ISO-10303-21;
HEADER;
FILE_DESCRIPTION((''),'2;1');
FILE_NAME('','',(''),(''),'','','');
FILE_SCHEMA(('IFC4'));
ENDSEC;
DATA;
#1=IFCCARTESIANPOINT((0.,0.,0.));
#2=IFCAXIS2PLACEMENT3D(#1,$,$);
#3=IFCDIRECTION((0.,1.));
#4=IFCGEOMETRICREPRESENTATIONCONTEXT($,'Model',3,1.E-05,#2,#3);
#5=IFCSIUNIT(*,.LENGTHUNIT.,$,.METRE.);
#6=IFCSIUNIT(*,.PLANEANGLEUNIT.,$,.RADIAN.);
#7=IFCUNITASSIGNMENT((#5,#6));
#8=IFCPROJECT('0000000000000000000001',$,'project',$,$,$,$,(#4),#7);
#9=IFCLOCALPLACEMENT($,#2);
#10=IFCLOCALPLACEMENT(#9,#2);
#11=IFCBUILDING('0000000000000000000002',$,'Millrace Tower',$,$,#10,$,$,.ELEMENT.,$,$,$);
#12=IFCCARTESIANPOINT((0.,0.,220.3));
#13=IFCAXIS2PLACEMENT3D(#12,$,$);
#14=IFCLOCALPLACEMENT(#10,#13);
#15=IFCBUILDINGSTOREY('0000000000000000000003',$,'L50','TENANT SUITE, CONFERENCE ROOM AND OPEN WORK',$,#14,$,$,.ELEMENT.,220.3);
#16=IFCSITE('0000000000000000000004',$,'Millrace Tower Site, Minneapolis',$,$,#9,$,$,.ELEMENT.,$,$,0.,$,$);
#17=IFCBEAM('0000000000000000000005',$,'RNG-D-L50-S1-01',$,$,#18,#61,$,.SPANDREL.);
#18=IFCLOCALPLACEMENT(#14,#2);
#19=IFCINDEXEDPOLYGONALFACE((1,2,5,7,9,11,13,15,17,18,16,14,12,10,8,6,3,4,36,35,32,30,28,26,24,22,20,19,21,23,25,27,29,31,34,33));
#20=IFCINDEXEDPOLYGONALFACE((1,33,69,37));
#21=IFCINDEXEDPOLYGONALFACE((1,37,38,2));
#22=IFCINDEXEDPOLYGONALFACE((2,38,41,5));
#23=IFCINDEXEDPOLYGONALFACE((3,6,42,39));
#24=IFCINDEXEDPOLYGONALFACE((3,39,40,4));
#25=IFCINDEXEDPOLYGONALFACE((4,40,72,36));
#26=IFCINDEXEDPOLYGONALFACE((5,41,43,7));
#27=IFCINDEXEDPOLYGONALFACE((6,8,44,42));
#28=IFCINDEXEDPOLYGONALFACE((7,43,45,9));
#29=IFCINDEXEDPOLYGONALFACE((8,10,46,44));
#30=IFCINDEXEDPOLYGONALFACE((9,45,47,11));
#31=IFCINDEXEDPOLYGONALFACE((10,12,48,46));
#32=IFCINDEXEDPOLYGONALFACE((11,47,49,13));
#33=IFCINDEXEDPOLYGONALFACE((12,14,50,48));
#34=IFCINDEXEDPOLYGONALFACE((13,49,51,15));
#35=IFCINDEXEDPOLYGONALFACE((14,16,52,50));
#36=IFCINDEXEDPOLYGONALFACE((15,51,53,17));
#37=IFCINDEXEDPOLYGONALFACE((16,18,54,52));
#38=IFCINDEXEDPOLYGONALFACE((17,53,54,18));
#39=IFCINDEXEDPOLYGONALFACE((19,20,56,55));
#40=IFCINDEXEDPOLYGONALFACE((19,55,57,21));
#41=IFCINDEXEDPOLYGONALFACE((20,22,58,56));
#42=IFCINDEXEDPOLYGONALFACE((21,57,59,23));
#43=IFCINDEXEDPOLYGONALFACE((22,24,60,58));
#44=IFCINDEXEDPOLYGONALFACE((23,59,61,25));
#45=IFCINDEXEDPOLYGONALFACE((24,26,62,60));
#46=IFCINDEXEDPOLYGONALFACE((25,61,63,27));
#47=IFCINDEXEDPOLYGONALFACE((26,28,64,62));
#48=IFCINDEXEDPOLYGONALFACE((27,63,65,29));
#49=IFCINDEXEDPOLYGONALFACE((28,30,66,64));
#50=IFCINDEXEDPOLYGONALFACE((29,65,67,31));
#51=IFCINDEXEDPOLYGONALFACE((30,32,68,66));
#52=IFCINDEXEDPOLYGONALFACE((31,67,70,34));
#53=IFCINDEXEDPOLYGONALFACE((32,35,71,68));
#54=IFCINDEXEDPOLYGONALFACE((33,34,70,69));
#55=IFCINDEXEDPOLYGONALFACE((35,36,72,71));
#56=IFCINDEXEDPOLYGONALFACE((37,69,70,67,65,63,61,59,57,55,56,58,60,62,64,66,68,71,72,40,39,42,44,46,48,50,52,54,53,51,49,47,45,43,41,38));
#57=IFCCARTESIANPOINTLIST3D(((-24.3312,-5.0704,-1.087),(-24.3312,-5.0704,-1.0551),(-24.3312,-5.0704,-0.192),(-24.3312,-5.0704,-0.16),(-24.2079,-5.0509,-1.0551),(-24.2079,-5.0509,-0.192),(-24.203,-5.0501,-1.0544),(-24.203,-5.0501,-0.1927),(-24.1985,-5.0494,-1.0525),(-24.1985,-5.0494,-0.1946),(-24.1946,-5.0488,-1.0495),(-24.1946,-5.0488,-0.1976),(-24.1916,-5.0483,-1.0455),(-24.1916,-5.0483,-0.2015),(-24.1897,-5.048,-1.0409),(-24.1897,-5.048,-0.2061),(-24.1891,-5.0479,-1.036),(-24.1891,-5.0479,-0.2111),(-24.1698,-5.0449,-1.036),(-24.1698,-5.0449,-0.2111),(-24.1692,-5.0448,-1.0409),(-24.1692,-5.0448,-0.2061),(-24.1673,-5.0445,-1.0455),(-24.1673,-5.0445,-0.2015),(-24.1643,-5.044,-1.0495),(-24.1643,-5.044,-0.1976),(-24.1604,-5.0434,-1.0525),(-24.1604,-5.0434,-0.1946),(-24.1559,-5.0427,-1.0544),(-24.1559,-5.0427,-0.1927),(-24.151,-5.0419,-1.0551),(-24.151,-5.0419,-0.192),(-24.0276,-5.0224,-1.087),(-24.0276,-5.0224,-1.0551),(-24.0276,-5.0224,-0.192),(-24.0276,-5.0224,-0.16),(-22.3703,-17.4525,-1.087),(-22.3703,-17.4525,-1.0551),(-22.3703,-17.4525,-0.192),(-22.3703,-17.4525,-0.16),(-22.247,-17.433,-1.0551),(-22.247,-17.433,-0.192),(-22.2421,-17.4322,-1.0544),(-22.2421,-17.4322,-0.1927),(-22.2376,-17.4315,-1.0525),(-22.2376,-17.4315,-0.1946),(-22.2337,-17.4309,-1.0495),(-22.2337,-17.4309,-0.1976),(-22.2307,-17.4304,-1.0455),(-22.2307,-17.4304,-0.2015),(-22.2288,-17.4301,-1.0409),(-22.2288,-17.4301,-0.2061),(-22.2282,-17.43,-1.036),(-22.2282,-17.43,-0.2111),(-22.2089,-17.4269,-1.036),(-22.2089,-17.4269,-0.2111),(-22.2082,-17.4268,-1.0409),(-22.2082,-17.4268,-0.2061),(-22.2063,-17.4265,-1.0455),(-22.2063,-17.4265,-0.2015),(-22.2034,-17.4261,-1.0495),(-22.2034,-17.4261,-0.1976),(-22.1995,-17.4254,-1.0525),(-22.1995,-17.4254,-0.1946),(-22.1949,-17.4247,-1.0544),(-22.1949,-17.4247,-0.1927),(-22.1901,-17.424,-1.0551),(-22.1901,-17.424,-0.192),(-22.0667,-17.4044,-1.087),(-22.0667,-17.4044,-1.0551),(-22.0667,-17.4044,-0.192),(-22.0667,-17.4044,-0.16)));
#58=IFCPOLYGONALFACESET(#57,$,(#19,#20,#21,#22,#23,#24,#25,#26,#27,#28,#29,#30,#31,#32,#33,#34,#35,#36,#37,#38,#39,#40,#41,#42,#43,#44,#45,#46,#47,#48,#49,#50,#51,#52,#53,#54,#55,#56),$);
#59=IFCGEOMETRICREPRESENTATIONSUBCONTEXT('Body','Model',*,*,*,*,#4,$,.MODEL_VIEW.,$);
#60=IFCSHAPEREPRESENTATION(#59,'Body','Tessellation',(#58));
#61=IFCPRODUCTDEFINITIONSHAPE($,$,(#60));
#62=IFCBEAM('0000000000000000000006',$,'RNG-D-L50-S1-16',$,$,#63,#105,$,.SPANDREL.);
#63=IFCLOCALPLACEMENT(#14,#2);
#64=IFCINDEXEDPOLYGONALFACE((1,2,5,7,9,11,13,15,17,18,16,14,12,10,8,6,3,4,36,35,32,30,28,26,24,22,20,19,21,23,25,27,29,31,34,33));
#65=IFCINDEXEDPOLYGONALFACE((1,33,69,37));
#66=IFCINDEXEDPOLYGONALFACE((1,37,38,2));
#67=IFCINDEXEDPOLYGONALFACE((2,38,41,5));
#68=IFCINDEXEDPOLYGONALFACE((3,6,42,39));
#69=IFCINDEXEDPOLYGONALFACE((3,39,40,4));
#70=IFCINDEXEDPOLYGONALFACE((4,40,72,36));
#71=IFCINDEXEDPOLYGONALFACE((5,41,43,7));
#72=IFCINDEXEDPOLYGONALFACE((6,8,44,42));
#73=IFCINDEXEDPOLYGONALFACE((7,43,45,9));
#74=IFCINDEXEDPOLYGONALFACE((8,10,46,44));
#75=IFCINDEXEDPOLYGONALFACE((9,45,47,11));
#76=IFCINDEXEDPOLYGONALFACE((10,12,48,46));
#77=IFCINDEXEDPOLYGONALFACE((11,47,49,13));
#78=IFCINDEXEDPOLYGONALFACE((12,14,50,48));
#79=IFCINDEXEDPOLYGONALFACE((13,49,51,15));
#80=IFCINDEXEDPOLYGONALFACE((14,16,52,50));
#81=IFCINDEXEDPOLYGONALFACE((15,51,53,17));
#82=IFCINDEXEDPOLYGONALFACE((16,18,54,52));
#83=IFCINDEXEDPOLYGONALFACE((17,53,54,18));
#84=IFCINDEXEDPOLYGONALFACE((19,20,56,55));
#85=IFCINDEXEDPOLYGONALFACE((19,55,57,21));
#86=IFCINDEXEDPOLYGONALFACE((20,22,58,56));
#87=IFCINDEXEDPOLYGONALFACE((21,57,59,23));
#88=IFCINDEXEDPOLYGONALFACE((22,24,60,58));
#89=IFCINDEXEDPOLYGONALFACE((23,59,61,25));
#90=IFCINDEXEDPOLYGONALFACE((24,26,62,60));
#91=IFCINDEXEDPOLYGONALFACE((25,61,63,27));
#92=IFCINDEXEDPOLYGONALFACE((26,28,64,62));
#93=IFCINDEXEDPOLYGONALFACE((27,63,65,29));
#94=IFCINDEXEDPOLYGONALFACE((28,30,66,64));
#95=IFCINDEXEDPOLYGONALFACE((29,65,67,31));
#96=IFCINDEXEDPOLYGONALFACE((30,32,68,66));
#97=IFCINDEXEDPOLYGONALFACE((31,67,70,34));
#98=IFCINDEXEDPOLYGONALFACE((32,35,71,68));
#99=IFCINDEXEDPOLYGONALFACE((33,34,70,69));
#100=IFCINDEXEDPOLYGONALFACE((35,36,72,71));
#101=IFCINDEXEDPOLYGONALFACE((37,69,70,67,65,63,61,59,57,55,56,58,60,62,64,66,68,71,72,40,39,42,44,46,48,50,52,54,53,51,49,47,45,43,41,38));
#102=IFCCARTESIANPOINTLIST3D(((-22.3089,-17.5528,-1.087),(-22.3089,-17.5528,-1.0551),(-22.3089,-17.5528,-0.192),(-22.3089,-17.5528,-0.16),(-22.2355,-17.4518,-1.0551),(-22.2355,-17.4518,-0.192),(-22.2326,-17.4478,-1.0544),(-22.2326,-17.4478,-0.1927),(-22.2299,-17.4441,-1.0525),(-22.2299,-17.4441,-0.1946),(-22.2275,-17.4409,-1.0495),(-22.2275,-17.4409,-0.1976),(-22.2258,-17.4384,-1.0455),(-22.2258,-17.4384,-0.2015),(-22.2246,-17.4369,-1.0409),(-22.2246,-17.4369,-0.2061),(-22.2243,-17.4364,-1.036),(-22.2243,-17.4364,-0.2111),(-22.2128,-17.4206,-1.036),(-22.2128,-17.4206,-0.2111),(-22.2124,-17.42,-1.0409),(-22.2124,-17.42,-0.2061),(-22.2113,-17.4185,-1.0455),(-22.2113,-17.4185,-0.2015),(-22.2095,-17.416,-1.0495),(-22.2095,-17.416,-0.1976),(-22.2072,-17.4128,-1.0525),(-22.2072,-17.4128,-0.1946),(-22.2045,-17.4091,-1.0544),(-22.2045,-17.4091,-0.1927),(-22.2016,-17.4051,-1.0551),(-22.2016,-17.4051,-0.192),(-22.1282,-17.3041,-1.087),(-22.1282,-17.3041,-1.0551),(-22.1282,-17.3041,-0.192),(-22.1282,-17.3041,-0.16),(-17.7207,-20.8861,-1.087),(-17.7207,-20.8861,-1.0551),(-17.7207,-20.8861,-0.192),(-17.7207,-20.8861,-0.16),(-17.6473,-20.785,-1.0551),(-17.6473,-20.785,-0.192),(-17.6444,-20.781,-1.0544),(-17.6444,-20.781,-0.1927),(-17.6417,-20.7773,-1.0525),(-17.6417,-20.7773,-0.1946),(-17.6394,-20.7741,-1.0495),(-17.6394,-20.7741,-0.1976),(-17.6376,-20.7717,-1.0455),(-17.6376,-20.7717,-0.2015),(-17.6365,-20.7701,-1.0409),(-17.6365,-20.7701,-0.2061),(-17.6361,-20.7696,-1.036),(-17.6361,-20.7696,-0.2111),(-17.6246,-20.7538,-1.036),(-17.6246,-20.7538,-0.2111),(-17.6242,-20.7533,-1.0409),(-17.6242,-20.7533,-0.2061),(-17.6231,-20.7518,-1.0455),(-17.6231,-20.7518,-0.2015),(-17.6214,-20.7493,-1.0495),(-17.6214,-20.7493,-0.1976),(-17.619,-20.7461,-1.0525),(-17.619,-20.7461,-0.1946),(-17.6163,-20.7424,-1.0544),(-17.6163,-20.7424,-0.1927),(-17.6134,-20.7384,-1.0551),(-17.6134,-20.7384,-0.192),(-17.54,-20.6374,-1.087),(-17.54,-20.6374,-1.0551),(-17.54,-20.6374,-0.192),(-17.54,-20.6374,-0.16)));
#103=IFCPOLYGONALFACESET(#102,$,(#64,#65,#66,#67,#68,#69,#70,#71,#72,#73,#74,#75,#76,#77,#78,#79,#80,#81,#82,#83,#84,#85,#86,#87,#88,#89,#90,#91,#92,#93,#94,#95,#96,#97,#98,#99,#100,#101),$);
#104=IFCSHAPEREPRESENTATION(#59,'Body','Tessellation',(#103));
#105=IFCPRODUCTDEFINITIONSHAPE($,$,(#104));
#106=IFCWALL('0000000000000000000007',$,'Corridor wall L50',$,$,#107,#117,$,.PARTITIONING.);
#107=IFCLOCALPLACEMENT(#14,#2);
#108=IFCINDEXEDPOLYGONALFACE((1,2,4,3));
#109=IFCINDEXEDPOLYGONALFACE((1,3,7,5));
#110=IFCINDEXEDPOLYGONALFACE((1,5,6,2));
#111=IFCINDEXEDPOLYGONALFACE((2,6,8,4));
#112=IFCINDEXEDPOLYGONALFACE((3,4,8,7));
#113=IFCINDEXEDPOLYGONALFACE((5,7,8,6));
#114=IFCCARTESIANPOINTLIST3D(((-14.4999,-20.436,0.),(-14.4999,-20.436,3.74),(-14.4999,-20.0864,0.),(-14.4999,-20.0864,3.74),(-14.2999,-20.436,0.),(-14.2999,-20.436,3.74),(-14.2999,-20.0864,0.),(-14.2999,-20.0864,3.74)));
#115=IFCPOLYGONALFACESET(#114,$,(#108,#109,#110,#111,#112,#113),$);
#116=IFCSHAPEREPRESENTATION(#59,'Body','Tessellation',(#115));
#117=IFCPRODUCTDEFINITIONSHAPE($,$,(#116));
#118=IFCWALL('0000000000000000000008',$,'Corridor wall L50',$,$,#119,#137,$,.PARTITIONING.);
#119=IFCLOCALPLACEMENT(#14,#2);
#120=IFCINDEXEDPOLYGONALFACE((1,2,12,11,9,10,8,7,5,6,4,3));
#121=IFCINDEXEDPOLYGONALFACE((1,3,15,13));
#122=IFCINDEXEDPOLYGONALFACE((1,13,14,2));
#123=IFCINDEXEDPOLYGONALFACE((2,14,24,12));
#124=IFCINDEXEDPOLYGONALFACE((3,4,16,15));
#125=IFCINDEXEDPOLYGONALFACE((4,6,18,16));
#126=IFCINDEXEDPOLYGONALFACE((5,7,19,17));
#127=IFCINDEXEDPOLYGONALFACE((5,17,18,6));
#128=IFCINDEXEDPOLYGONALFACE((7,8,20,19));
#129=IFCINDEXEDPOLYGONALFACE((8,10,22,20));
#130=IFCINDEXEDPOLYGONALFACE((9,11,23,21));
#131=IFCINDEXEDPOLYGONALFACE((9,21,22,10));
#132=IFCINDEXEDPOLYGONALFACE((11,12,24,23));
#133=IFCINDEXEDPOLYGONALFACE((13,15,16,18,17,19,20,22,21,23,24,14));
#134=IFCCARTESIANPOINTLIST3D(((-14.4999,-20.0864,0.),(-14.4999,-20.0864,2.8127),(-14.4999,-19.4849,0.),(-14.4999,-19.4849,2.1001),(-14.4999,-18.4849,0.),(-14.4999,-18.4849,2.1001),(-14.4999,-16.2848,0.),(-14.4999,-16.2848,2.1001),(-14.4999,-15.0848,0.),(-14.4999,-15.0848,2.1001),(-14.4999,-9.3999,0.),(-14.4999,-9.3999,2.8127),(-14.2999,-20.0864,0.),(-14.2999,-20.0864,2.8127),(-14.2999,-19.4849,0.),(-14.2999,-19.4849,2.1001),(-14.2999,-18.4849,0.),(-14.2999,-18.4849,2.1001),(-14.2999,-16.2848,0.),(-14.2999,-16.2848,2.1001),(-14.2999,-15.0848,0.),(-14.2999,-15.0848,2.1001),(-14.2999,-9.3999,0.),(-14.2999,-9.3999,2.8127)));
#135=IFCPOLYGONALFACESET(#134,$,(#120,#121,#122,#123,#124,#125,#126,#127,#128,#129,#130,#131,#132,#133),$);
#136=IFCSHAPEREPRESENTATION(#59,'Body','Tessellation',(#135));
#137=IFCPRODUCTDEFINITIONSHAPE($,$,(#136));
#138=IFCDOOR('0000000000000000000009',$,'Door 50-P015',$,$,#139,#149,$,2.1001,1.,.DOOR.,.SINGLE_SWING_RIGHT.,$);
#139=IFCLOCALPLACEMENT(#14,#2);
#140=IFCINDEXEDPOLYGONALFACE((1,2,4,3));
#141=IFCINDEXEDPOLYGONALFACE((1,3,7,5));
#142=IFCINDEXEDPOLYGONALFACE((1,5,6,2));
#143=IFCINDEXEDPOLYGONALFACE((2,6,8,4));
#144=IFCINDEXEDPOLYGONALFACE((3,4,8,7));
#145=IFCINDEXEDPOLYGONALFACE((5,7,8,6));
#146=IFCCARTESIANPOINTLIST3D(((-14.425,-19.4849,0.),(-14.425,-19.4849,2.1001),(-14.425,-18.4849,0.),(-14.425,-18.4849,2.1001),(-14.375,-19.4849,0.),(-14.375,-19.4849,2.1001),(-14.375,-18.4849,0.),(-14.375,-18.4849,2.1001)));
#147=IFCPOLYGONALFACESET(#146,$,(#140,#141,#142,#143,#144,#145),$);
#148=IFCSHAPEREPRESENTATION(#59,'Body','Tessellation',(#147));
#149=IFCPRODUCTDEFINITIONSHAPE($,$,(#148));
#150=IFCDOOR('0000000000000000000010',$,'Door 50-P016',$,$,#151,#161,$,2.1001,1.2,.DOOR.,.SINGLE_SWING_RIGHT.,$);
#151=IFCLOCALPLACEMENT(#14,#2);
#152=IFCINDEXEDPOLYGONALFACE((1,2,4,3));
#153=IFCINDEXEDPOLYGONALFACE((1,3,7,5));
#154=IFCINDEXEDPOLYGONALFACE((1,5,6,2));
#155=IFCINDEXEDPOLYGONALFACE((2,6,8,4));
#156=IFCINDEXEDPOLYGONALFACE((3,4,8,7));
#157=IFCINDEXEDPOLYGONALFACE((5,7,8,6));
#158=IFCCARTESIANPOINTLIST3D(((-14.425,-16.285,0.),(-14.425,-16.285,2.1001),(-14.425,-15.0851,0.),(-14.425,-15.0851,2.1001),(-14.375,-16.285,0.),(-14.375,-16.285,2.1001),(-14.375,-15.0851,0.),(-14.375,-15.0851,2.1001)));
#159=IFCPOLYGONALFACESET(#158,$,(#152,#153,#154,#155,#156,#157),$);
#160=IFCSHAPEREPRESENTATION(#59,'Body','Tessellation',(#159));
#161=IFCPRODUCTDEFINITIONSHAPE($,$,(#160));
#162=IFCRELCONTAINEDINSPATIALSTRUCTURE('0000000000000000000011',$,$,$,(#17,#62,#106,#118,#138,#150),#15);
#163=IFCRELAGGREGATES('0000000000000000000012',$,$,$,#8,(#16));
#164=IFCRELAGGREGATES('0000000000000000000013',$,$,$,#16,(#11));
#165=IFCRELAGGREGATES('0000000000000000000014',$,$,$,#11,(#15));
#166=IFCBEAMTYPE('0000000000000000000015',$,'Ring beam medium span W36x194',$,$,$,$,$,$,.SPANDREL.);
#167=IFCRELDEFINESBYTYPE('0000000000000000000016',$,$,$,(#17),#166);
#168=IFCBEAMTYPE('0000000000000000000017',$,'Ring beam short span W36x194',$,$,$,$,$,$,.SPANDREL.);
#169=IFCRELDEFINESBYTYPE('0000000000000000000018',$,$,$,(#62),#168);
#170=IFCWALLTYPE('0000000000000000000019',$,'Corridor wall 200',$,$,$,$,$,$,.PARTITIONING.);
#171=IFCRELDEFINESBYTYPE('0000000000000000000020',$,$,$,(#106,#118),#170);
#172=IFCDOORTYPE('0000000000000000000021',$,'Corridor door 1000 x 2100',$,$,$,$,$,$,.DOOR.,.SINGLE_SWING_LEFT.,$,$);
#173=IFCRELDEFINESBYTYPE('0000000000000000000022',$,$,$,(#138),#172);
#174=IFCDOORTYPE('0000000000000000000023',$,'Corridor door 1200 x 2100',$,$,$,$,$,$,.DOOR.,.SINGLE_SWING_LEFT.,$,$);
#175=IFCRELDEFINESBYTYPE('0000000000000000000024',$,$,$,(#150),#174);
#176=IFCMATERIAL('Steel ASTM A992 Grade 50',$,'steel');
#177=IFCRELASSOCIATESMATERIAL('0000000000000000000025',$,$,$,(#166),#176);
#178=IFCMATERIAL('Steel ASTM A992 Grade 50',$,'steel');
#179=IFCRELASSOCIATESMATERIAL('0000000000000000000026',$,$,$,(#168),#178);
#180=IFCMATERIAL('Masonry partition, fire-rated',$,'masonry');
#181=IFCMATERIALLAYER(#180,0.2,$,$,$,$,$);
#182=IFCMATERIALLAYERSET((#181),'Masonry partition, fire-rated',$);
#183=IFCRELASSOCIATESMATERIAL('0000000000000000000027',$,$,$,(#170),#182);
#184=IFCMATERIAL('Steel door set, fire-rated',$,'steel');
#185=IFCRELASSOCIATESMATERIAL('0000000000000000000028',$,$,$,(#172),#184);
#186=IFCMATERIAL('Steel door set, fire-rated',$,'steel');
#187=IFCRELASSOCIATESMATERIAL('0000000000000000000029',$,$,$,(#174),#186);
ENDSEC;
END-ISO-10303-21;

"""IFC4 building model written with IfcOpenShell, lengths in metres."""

from ifc_helpers import new_model, si_unit, direction, frame, frame_2d, origin, origin_2d, place, context, subcontext, project, spatial, rectangle, i_section, extrude, material, layer, layer_set, material_profile, profile_set, type_object, element, fill, save


model = new_model("IFC4")

# Units and contexts
model_context = context("Model", 3, precision=1e-05, world=origin(), true_north=direction((0.0, 1.0)))
body_context = subcontext(model_context, "Body", "Model", "MODEL_VIEW")
ifc_project = project(units=[si_unit("LENGTHUNIT", "METRE"), si_unit("PLANEANGLEUNIT", "RADIAN")], contexts=[model_context])

# Site, building, storey
site_placement = place(None, origin())
site = spatial("IfcSite", under=ifc_project, at=site_placement, Name="Millrace Tower Site, Minneapolis", CompositionType="ELEMENT", RefElevation=0.0)
building_placement = place(site_placement, origin())
building = spatial("IfcBuilding", under=site, at=building_placement, Name="Millrace Tower", CompositionType="ELEMENT")
storey_placement = place(building_placement, frame((0.0, 0.0, 220.3)))
storey = spatial("IfcBuildingStorey", under=building, at=storey_placement, Name="L50", Description="TENANT SUITE, CONFERENCE ROOM AND OPEN WORK", CompositionType="ELEMENT", Elevation=220.3)

# Beams
ifc_material_1 = material(Name="Steel ASTM A992 Grade 50", Category="steel")
ifc_material_profile_1 = material_profile(ifc_material_1, i_section(OverallWidth=0.3074, OverallDepth=0.927, WebThickness=0.0195, FlangeThickness=0.032, FilletRadius=0.019, at=origin_2d()))
ifc_profile_set_1 = profile_set([ifc_material_profile_1], Name="Steel ASTM A992 Grade 50")
beam_type_1 = type_object("IfcBeamType", Name="Ring beam medium span W36x194", PredefinedType="SPANDREL", material=ifc_profile_set_1)
beam_1_placement = place(storey_placement, frame((-22.2185, -17.4285, -0.6235), z_axis=(-0.15642, 0.987691, 0.0), x_axis=(-0.987691, -0.15642, 0.0)))
element("IfcBeam", 1, at=beam_1_placement, inside=storey, type_object=beam_type_1, Name="RNG-D-L50-S1-01", PredefinedType="SPANDREL", context=body_context, shape_type="SweptSolid", body=[
    extrude(i_section(OverallWidth=0.3074, OverallDepth=0.927, WebThickness=0.0195, FlangeThickness=0.032, FilletRadius=0.019, at=origin_2d()), origin(), (0.0, 0.0, 1.0), 12.5364),
])
ifc_material_2 = material(Name="Steel ASTM A992 Grade 50", Category="steel")
ifc_material_profile_2 = material_profile(ifc_material_2, i_section(OverallWidth=0.3074, OverallDepth=0.927, WebThickness=0.0195, FlangeThickness=0.032, FilletRadius=0.019, at=origin_2d()))
ifc_profile_set_2 = profile_set([ifc_material_profile_2], Name="Steel ASTM A992 Grade 50")
beam_type_2 = type_object("IfcBeamType", Name="Ring beam short span W36x194", PredefinedType="SPANDREL", material=ifc_profile_set_2)
beam_2_placement = place(storey_placement, frame((-17.6304, -20.7617, -0.6235), z_axis=(-0.809036, 0.58776, 0.0), x_axis=(-0.58776, -0.809036, 0.0)))
element("IfcBeam", 2, at=beam_2_placement, inside=storey, type_object=beam_type_2, Name="RNG-D-L50-S1-16", PredefinedType="SPANDREL", context=body_context, shape_type="SweptSolid", body=[
    extrude(i_section(OverallWidth=0.3074, OverallDepth=0.927, WebThickness=0.0195, FlangeThickness=0.032, FilletRadius=0.019, at=origin_2d()), origin(), (0.0, 0.0, 1.0), 5.6711),
])

# Wall
ifc_material_3 = material(Name="Masonry partition, fire-rated", Category="masonry")
ifc_layer_1 = layer(ifc_material_3, 0.2)
ifc_layer_set_1 = layer_set([ifc_layer_1], Name="Masonry partition, fire-rated")
wall_type_1 = type_object("IfcWallType", Name="Corridor wall 200", PredefinedType="PARTITIONING", material=ifc_layer_set_1)
wall_1_placement = place(storey_placement, frame((-14.3999, -20.436, 0.0), z_axis=(0.0, 0.0, 1.0), x_axis=(0.0, 1.0, 0.0)))
element("IfcWall", 3, at=wall_1_placement, inside=storey, type_object=wall_type_1, Name="Corridor wall L50", PredefinedType="PARTITIONING", context=body_context, shape_type="SweptSolid", body=[
    extrude(rectangle(XDim=0.3496, YDim=0.2, at=frame_2d((0.1748, 0.0))), origin(), (0.0, 0.0, 1.0), 3.74),
])

# Wall, openings, doors
wall_2_placement = place(storey_placement, frame((-14.3999, -20.0864, 0.0), z_axis=(0.0, 0.0, 1.0), x_axis=(0.0, 1.0, 0.0)))
wall_2 = element("IfcWall", 4, at=wall_2_placement, inside=storey, type_object=wall_type_1, Name="Corridor wall L50", PredefinedType="PARTITIONING", context=body_context, shape_type="SweptSolid", body=[
    extrude(rectangle(XDim=10.6865, YDim=0.2, at=frame_2d((5.3433, 0.0))), origin(), (0.0, 0.0, 1.0), 2.8127),
])
opening_1_placement = place(wall_2_placement, frame((0.6016, 0.0, 0.0)))
opening_1 = element("IfcOpeningElement", 5, at=opening_1_placement, cuts=wall_2, PredefinedType="OPENING", context=body_context, shape_type="SweptSolid", body=[
    extrude(rectangle(XDim=1.0, YDim=2.1001, at=frame_2d((0.5, 1.05))), frame((0.0, 0.1099, 0.0), z_axis=(0.0, -1.0, 0.0), x_axis=(1.0, 0.0, 0.0)), (0.0, 0.0, 1.0), 0.22),
])
opening_2_placement = place(wall_2_placement, frame((3.8015, 0.0, 0.0)))
opening_2 = element("IfcOpeningElement", 6, at=opening_2_placement, cuts=wall_2, PredefinedType="OPENING", context=body_context, shape_type="SweptSolid", body=[
    extrude(rectangle(XDim=1.2, YDim=2.1001, at=frame_2d((0.6001, 1.05))), frame((0.0, 0.1099, 0.0), z_axis=(0.0, -1.0, 0.0), x_axis=(1.0, 0.0, 0.0)), (0.0, 0.0, 1.0), 0.22),
])
ifc_material_4 = material(Name="Steel door set, fire-rated", Category="steel")
door_type_1 = type_object("IfcDoorType", Name="Corridor door 1000 x 2100", OperationType="SINGLE_SWING_LEFT", PredefinedType="DOOR", material=ifc_material_4)
door_1_placement = place(opening_1_placement, frame((1.0, 0.0, 0.0), z_axis=(0.0, 0.0, 1.0), x_axis=(-1.0, 0.0, 0.0)))
door_1 = element("IfcDoor", 7, at=door_1_placement, inside=storey, type_object=door_type_1, Name="Door 50-P015", OperationType="SINGLE_SWING_RIGHT", OverallHeight=2.1001, OverallWidth=1.0, PredefinedType="DOOR", context=body_context, shape_type="SweptSolid", body=[
    extrude(rectangle(XDim=1.0, YDim=2.1001, at=frame_2d((0.5, 1.05))), frame((0.0, 0.0249, 0.0), z_axis=(0.0, -1.0, 0.0), x_axis=(1.0, 0.0, 0.0)), (0.0, 0.0, 1.0), 0.05),
])
fill(opening_1, door_1)
ifc_material_5 = material(Name="Steel door set, fire-rated", Category="steel")
door_type_2 = type_object("IfcDoorType", Name="Corridor door 1200 x 2100", OperationType="SINGLE_SWING_LEFT", PredefinedType="DOOR", material=ifc_material_5)
door_2_placement = place(opening_2_placement, frame((1.2, 0.0, 0.0), z_axis=(0.0, 0.0, 1.0), x_axis=(-1.0, 0.0, 0.0)))
door_2 = element("IfcDoor", 8, at=door_2_placement, inside=storey, type_object=door_type_2, Name="Door 50-P016", OperationType="SINGLE_SWING_RIGHT", OverallHeight=2.1001, OverallWidth=1.2, PredefinedType="DOOR", context=body_context, shape_type="SweptSolid", body=[
    extrude(rectangle(XDim=1.2, YDim=2.1001, at=frame_2d((0.6001, 1.05))), frame((0.0, 0.0249, 0.0), z_axis=(0.0, -1.0, 0.0), x_axis=(1.0, 0.0, 0.0)), (0.0, 0.0, 1.0), 0.05),
])
fill(opening_2, door_2)

save(model, "model.ifc")
